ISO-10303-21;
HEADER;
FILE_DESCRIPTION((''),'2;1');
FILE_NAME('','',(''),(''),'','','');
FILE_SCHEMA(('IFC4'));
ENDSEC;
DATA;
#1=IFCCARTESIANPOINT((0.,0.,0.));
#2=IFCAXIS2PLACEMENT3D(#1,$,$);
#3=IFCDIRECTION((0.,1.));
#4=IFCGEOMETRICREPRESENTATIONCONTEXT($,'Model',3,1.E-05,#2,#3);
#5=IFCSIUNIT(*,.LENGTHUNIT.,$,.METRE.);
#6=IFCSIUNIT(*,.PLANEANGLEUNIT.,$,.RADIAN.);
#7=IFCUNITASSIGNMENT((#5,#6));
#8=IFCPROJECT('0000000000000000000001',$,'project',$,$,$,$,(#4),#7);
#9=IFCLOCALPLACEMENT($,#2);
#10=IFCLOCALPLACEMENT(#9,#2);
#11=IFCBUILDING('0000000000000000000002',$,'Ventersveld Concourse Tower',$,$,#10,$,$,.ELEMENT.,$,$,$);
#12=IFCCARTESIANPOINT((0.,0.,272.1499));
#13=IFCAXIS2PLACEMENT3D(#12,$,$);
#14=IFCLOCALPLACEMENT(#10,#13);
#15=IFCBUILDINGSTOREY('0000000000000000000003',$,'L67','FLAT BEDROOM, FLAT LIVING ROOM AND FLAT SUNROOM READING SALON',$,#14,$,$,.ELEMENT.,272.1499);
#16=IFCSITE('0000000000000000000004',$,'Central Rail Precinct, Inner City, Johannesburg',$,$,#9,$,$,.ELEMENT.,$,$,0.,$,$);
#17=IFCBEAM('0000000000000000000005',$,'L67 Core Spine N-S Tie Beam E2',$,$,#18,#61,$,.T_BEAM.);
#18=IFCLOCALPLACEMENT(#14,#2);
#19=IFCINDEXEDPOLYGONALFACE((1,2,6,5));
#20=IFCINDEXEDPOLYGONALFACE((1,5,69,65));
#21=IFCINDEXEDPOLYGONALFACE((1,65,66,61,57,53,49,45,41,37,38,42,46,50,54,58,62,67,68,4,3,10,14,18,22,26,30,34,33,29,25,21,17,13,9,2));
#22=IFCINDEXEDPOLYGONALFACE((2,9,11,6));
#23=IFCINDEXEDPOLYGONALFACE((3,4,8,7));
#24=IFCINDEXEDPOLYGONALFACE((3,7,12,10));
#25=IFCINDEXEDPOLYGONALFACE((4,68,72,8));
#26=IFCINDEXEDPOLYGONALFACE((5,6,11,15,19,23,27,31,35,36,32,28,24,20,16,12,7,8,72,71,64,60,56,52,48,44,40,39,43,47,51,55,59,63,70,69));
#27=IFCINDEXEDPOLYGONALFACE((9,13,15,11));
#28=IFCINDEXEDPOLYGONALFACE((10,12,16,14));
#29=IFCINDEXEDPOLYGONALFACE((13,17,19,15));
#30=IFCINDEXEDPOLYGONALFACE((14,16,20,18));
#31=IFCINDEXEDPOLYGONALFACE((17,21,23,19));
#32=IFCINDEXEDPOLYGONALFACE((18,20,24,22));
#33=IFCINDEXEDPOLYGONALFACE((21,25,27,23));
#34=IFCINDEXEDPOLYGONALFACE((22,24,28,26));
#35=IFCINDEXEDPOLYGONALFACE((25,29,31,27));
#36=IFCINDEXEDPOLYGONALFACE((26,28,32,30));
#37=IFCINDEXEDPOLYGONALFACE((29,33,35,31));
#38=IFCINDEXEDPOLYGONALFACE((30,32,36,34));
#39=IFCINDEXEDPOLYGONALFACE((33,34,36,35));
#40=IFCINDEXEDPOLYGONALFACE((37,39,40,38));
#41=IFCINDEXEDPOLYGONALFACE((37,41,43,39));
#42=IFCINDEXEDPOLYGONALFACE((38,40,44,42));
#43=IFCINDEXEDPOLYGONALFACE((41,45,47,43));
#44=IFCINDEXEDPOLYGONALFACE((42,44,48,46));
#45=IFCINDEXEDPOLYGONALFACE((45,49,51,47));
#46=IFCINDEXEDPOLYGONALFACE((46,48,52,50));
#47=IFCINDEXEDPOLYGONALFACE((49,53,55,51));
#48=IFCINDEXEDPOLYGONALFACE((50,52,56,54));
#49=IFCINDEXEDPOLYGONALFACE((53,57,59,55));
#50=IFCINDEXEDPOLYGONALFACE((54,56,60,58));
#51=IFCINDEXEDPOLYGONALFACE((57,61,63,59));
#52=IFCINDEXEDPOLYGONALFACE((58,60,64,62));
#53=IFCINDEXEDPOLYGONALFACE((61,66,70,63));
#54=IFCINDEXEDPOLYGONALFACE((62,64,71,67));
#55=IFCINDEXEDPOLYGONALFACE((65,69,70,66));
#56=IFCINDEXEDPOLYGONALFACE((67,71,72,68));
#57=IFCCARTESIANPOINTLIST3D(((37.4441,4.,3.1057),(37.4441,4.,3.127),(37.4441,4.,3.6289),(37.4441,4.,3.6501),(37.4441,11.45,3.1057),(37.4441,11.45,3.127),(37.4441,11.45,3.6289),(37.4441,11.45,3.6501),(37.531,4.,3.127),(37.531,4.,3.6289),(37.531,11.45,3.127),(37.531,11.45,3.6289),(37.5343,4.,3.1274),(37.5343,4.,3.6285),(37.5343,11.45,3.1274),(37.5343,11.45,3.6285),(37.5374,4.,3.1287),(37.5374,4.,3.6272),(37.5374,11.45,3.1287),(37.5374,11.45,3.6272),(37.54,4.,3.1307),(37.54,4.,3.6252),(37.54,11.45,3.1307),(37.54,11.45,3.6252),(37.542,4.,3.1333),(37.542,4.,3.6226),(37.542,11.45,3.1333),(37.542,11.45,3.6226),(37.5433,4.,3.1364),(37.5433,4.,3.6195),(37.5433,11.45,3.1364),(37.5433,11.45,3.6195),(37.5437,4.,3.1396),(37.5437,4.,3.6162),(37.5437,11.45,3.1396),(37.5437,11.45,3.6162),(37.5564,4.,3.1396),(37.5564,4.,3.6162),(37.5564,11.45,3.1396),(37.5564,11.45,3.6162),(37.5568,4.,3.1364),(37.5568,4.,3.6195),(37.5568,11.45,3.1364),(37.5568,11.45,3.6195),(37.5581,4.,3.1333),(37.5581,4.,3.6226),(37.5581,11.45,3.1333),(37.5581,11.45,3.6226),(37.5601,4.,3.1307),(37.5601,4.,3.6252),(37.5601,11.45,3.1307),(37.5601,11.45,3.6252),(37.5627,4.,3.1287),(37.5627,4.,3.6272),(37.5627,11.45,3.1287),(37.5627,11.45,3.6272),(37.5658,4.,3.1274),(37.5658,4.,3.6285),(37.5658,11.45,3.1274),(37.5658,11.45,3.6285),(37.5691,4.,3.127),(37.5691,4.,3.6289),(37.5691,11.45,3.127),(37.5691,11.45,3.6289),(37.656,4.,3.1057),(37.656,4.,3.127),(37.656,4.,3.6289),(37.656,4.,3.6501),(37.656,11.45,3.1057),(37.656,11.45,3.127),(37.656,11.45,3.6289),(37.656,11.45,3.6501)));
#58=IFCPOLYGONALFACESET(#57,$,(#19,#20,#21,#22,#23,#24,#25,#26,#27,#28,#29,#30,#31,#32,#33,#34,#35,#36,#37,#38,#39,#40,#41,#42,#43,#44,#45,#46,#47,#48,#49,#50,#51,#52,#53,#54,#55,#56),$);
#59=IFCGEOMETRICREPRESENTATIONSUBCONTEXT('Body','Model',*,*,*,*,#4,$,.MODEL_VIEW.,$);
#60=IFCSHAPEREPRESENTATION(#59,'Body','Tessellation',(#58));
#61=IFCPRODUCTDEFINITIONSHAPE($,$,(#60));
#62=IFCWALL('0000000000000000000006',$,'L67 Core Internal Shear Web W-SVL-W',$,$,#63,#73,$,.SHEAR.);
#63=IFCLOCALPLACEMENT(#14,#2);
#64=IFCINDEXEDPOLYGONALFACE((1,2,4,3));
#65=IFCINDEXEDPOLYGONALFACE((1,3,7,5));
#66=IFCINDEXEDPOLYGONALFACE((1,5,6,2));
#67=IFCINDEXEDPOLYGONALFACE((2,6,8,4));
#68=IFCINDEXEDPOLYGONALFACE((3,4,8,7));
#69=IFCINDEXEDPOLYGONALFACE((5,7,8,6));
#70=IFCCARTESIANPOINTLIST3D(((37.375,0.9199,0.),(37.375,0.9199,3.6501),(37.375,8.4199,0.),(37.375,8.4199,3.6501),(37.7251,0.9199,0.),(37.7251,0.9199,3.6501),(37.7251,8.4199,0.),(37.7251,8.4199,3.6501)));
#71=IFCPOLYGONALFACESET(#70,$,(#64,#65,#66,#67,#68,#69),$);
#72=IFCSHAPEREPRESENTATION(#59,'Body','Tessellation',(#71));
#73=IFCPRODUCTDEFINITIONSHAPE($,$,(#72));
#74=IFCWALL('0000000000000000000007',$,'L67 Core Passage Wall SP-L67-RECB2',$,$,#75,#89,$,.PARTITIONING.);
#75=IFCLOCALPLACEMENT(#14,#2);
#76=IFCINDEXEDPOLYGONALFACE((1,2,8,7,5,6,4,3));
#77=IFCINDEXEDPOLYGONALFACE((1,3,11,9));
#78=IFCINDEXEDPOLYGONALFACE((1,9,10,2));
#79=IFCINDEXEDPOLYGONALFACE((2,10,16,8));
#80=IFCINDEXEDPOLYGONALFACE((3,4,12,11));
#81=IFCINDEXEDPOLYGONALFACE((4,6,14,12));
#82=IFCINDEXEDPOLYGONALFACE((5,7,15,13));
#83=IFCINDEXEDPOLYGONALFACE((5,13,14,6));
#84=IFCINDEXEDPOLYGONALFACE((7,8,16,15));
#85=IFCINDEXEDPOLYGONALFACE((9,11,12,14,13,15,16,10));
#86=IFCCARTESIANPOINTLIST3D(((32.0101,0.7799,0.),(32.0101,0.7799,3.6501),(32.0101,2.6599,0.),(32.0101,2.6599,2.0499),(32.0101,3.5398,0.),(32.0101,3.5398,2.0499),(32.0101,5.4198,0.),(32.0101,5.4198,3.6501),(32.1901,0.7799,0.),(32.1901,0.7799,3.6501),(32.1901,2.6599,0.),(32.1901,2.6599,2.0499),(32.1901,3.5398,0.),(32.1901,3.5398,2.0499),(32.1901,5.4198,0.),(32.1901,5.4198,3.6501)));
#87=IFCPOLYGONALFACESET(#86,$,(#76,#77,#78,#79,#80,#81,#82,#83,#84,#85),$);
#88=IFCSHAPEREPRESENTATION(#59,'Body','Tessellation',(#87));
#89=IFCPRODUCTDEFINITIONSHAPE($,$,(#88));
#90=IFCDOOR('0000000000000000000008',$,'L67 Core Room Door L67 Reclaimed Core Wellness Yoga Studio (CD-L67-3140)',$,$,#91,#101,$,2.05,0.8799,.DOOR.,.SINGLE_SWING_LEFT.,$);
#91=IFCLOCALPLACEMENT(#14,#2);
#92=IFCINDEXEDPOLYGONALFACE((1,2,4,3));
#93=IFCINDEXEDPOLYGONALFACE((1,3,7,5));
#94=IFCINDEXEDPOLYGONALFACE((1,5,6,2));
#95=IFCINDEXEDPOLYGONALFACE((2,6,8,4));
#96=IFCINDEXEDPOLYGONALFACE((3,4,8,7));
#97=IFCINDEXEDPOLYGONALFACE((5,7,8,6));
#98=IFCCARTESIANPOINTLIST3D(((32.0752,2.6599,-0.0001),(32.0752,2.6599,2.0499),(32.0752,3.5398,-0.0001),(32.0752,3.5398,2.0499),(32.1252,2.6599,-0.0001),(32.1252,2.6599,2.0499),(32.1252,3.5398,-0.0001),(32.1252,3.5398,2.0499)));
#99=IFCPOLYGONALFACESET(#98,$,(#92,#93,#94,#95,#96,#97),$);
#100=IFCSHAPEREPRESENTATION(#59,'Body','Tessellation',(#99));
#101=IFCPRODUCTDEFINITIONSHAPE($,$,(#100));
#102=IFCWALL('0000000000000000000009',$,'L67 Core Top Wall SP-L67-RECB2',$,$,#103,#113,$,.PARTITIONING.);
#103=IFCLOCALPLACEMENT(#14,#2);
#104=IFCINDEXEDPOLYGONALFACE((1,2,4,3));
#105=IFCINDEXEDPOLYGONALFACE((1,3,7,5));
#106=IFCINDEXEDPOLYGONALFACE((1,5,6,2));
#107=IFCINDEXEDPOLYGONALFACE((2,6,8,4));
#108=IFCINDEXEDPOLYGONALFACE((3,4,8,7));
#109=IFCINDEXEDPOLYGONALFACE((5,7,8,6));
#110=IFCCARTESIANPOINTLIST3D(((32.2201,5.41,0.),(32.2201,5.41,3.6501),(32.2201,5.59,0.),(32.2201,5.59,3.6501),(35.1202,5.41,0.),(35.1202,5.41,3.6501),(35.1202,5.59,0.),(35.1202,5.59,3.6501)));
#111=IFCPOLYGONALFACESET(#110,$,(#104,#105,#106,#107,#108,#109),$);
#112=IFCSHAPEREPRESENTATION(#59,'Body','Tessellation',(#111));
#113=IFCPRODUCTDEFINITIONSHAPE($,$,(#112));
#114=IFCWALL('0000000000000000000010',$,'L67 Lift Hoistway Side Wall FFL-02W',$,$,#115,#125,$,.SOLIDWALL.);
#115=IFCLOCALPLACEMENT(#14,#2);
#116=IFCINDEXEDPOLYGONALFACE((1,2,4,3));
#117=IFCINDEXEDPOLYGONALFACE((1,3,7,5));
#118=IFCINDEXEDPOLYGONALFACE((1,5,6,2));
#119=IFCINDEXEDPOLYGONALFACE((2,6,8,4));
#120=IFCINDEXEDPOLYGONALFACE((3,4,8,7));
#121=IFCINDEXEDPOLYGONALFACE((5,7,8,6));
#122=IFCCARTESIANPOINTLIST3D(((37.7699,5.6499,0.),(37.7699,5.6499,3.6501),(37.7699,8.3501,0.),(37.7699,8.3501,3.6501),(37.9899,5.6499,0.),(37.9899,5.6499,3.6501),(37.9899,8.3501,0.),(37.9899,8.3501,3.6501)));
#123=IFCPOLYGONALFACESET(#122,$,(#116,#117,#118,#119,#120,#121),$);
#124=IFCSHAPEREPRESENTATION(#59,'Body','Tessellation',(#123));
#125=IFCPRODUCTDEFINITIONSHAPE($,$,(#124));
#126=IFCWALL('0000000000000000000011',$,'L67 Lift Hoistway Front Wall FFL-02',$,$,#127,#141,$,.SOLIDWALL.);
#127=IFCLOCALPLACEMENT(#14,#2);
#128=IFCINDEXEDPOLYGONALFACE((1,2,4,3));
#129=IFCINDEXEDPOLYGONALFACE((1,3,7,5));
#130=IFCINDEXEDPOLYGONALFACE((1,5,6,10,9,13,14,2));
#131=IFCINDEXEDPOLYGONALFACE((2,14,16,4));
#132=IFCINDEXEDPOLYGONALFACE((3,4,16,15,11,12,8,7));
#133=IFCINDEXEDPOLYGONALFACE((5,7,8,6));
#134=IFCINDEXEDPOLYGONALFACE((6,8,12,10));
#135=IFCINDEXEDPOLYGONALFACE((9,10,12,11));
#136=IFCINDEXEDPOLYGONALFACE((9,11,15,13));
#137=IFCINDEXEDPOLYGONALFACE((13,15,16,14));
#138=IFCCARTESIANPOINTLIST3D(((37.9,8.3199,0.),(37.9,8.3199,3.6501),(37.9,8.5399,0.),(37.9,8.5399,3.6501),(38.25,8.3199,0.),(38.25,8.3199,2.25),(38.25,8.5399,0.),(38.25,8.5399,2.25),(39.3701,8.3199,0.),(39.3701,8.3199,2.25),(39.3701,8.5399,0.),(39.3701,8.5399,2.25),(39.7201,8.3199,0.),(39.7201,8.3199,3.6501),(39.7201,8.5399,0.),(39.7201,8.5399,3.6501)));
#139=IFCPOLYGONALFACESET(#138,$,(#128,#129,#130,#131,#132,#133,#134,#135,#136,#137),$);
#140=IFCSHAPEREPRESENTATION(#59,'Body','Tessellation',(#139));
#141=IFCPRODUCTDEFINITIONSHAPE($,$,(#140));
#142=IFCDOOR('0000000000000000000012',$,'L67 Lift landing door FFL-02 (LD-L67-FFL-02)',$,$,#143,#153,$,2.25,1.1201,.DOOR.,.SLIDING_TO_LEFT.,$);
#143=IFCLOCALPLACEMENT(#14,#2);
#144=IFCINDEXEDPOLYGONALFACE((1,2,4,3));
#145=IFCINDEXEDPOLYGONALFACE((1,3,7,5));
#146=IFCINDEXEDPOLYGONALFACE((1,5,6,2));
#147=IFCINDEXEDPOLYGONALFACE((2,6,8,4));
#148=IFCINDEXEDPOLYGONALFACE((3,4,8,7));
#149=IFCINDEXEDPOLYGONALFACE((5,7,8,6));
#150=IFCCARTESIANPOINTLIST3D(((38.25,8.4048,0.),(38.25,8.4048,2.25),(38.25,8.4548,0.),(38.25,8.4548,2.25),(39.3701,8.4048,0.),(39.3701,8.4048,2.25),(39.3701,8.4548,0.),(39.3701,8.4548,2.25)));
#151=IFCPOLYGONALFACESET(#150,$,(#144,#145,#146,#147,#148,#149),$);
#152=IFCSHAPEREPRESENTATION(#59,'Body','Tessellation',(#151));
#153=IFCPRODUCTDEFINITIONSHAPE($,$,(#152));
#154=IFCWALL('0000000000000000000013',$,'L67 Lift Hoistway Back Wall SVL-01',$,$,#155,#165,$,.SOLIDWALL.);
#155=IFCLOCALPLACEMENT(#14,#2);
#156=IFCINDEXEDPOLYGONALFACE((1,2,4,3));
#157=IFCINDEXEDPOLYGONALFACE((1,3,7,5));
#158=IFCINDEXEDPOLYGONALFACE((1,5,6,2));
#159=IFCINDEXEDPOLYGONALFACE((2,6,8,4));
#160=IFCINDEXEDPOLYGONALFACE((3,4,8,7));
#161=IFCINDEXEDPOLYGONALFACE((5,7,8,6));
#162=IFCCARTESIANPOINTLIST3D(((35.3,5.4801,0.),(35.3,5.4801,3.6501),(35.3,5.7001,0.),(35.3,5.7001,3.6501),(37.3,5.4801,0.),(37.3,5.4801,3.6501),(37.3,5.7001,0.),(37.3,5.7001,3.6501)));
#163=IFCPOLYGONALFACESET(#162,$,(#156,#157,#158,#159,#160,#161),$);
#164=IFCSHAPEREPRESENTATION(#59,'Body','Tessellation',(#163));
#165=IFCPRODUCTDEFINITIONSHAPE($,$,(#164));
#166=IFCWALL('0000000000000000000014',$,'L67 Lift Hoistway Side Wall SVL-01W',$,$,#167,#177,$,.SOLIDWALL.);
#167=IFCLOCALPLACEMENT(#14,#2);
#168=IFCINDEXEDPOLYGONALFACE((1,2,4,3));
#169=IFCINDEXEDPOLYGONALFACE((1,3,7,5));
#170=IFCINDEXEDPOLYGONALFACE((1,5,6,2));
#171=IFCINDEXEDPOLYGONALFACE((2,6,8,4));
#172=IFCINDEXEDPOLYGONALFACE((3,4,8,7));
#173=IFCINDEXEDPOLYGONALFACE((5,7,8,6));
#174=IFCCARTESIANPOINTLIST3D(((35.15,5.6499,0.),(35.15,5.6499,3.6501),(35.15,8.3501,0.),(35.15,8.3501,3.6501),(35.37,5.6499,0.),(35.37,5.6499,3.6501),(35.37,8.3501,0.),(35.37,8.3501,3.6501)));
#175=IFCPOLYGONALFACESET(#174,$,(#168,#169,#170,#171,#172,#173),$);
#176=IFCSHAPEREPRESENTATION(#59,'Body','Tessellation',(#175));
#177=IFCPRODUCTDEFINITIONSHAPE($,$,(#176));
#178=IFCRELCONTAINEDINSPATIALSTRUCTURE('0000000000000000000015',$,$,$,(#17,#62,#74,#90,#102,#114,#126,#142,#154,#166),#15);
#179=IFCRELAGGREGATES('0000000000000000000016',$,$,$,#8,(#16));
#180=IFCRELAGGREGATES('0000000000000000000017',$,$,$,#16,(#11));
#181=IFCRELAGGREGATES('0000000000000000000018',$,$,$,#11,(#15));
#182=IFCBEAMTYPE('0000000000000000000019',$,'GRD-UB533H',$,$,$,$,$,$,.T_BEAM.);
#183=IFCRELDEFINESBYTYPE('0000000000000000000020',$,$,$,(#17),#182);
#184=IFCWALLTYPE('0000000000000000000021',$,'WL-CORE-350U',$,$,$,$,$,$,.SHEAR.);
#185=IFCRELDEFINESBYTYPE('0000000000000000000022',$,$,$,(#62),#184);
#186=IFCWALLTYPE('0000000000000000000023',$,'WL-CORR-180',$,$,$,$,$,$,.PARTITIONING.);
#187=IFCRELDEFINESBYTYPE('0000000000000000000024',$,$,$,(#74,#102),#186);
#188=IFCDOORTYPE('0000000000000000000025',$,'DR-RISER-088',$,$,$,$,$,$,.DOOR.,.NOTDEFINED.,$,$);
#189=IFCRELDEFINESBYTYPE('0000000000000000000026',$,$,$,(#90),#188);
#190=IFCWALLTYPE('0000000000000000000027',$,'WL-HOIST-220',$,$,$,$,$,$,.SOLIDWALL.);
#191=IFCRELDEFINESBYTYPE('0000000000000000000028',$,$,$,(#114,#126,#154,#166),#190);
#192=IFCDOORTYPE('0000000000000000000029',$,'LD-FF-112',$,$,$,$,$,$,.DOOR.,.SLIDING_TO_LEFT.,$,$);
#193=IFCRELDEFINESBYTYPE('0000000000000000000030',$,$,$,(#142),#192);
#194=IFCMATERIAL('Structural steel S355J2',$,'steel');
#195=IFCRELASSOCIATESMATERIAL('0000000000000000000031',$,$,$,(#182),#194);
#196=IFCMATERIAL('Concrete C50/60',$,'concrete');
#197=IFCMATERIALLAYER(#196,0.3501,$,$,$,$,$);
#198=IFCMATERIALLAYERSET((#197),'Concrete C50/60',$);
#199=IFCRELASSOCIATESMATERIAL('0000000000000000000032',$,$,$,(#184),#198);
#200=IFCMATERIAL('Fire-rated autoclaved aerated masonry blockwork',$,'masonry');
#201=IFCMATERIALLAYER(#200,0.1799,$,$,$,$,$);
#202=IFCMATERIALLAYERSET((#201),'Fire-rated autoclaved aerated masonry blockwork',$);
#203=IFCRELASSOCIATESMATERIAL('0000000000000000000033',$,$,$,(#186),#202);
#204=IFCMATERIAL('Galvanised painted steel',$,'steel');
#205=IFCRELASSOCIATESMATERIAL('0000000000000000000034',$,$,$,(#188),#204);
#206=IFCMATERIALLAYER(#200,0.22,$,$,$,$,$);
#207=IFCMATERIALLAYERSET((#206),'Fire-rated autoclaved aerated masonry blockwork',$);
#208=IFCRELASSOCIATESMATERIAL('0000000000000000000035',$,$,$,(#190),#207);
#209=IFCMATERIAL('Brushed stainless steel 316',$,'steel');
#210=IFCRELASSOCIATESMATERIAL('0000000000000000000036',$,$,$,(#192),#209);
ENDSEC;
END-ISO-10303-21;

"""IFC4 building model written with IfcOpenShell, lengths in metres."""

from ifc_helpers import new_model, si_unit, direction, frame, frame_2d, origin, origin_2d, place, context, subcontext, project, spatial, rectangle, i_section, extrude, material, layer, layer_set, material_profile, profile_set, type_object, element, fill, save


model = new_model("IFC4")

# Units and contexts
model_context = context("Model", 3, precision=1e-05, world=origin(), true_north=direction((0.0, 1.0)))
body_context = subcontext(model_context, "Body", "Model", "MODEL_VIEW")
ifc_project = project(units=[si_unit("LENGTHUNIT", "METRE"), si_unit("PLANEANGLEUNIT", "RADIAN")], contexts=[model_context])

# Site, building, storey
site_placement = place(None, origin())
site = spatial("IfcSite", under=ifc_project, at=site_placement, Name="Central Rail Precinct, Inner City, Johannesburg", CompositionType="ELEMENT", RefElevation=0.0)
building_placement = place(site_placement, origin())
building = spatial("IfcBuilding", under=site, at=building_placement, Name="Ventersveld Concourse Tower", CompositionType="ELEMENT")
storey_placement = place(building_placement, frame((0.0, 0.0, 272.1499)))
storey = spatial("IfcBuildingStorey", under=building, at=storey_placement, Name="L67", Description="FLAT BEDROOM, FLAT LIVING ROOM AND FLAT SUNROOM READING SALON", CompositionType="ELEMENT", Elevation=272.1499)

# Shared definitions
ifc_material_1 = material(Name="Concrete C50/60", Category="concrete")

# Beam
ifc_material_2 = material(Name="Structural steel S355J2", Category="steel")
ifc_material_profile_1 = material_profile(ifc_material_2, i_section(OverallWidth=0.2119, OverallDepth=0.5444, WebThickness=0.0127, FlangeThickness=0.0212, FilletRadius=0.0127, at=origin_2d()), Name="UB 533x210x122")
ifc_profile_set_1 = profile_set([ifc_material_profile_1], Name="Structural steel S355J2")
beam_type_1 = type_object("IfcBeamType", Name="GRD-UB533H", PredefinedType="T_BEAM", material=ifc_profile_set_1)
beam_1_placement = place(storey_placement, frame((37.55, 4.0, 3.3779), z_axis=(0.0, 1.0, 0.0), x_axis=(-1.0, 0.0, 0.0)))
element("IfcBeam", 1, at=beam_1_placement, inside=storey, type_object=beam_type_1, Name="L67 Core Spine N-S Tie Beam E2", PredefinedType="T_BEAM", context=body_context, shape_type="SweptSolid", body=[
    extrude(i_section(OverallWidth=0.2119, OverallDepth=0.5444, WebThickness=0.0127, FlangeThickness=0.0212, FilletRadius=0.0127, at=origin_2d()), origin(), (0.0, 0.0, 1.0), 7.45),
])

# Wall
ifc_layer_1 = layer(ifc_material_1, 0.3501)
ifc_layer_set_1 = layer_set([ifc_layer_1], Name="Concrete C50/60")
wall_type_1 = type_object("IfcWallType", Name="WL-CORE-350U", PredefinedType="SHEAR", material=ifc_layer_set_1)
wall_1_placement = place(storey_placement, frame((37.55, 0.9199, 0.0), z_axis=(0.0, 0.0, 1.0), x_axis=(0.0, 1.0, 0.0)))
element("IfcWall", 2, at=wall_1_placement, inside=storey, type_object=wall_type_1, Name="L67 Core Internal Shear Web W-SVL-W", PredefinedType="SHEAR", context=body_context, shape_type="SweptSolid", body=[
    extrude(rectangle(XDim=7.5, YDim=0.3501, at=frame_2d((3.75, 0.0))), origin(), (0.0, 0.0, 1.0), 3.6501),
])

# Wall, opening, door
ifc_material_3 = material(Name="Fire-rated autoclaved aerated masonry blockwork", Category="masonry")
ifc_layer_2 = layer(ifc_material_3, 0.1799)
ifc_layer_set_2 = layer_set([ifc_layer_2], Name="Fire-rated autoclaved aerated masonry blockwork")
wall_type_2 = type_object("IfcWallType", Name="WL-CORR-180", PredefinedType="PARTITIONING", material=ifc_layer_set_2)
wall_2_placement = place(storey_placement, frame((32.1001, 0.78, 0.0), z_axis=(0.0, 0.0, 1.0), x_axis=(0.0, 1.0, 0.0)))
wall_2 = element("IfcWall", 3, at=wall_2_placement, inside=storey, type_object=wall_type_2, Name="L67 Core Passage Wall SP-L67-RECB2", PredefinedType="PARTITIONING", context=body_context, shape_type="SweptSolid", body=[
    extrude(rectangle(XDim=4.6399, YDim=0.1799, at=frame_2d((2.3198, 0.0))), origin(), (0.0, 0.0, 1.0), 3.6501),
])
opening_1_placement = place(wall_2_placement, frame((1.8799, 0.0, 0.0)))
opening_1 = element("IfcOpeningElement", 4, at=opening_1_placement, cuts=wall_2, PredefinedType="OPENING", context=body_context, shape_type="SweptSolid", body=[
    extrude(rectangle(XDim=0.8799, YDim=2.05, at=frame_2d((0.4399, 1.0249))), frame((0.0, 0.1001, 0.0), z_axis=(0.0, -1.0, 0.0), x_axis=(1.0, 0.0, 0.0)), (0.0, 0.0, 1.0), 0.2),
])
ifc_material_4 = material(Name="Galvanised painted steel", Category="steel")
door_type_1 = type_object("IfcDoorType", Name="DR-RISER-088", OperationType="NOTDEFINED", PredefinedType="DOOR", material=ifc_material_4)
door_1_placement = place(opening_1_placement, origin())
door_1 = element("IfcDoor", 5, at=door_1_placement, inside=storey, type_object=door_type_1, Name="L67 Core Room Door L67 Reclaimed Core Wellness Yoga Studio (CD-L67-3140)", OperationType="SINGLE_SWING_LEFT", OverallHeight=2.05, OverallWidth=0.8799, PredefinedType="DOOR", context=body_context, shape_type="SweptSolid", body=[
    extrude(rectangle(XDim=0.8799, YDim=2.05, at=frame_2d((0.4399, 1.0249))), frame((0.0, 0.0249, 0.0), z_axis=(0.0, -1.0, 0.0), x_axis=(1.0, 0.0, 0.0)), (0.0, 0.0, 1.0), 0.05),
])
fill(opening_1, door_1)

# Walls
wall_3_placement = place(storey_placement, frame((32.22, 5.5, 0.0), z_axis=(0.0, 0.0, 1.0), x_axis=(1.0, 0.0, 0.0)))
element("IfcWall", 6, at=wall_3_placement, inside=storey, type_object=wall_type_2, Name="L67 Core Top Wall SP-L67-RECB2", PredefinedType="PARTITIONING", context=body_context, shape_type="SweptSolid", body=[
    extrude(rectangle(XDim=2.9001, YDim=0.1799, at=frame_2d((1.4502, 0.0))), origin(), (0.0, 0.0, 1.0), 3.6501),
])
ifc_layer_3 = layer(ifc_material_3, 0.22)
ifc_layer_set_3 = layer_set([ifc_layer_3], Name="Fire-rated autoclaved aerated masonry blockwork")
wall_type_3 = type_object("IfcWallType", Name="WL-HOIST-220", PredefinedType="SOLIDWALL", material=ifc_layer_set_3)
wall_4_placement = place(storey_placement, frame((37.8799, 5.6499, 0.0), z_axis=(0.0, 0.0, 1.0), x_axis=(0.0, 1.0, 0.0)))
element("IfcWall", 7, at=wall_4_placement, inside=storey, type_object=wall_type_3, Name="L67 Lift Hoistway Side Wall FFL-02W", PredefinedType="SOLIDWALL", context=body_context, shape_type="SweptSolid", body=[
    extrude(rectangle(XDim=2.7002, YDim=0.22, at=frame_2d((1.3501, 0.0))), origin(), (0.0, 0.0, 1.0), 3.6501),
])

# Wall, opening, door
wall_5_placement = place(storey_placement, frame((37.8999, 8.4299, 0.0), z_axis=(0.0, 0.0, 1.0), x_axis=(1.0, 0.0, 0.0)))
wall_5 = element("IfcWall", 8, at=wall_5_placement, inside=storey, type_object=wall_type_3, Name="L67 Lift Hoistway Front Wall FFL-02", PredefinedType="SOLIDWALL", context=body_context, shape_type="SweptSolid", body=[
    extrude(rectangle(XDim=1.8201, YDim=0.22, at=frame_2d((0.9102, 0.0))), origin(), (0.0, 0.0, 1.0), 3.6501),
])
opening_2_placement = place(wall_5_placement, frame((0.3501, 0.0, 0.0)))
opening_2 = element("IfcOpeningElement", 9, at=opening_2_placement, cuts=wall_5, PredefinedType="OPENING", context=body_context, shape_type="SweptSolid", body=[
    extrude(rectangle(XDim=1.1201, YDim=2.25, at=frame_2d((0.5601, 1.125))), frame((0.0, 0.1201, 0.0), z_axis=(0.0, -1.0, 0.0), x_axis=(1.0, 0.0, 0.0)), (0.0, 0.0, 1.0), 0.24),
])
ifc_material_5 = material(Name="Brushed stainless steel 316", Category="steel")
door_type_2 = type_object("IfcDoorType", Name="LD-FF-112", OperationType="SLIDING_TO_LEFT", PredefinedType="DOOR", material=ifc_material_5)
door_2_placement = place(opening_2_placement, origin())
door_2 = element("IfcDoor", 10, at=door_2_placement, inside=storey, type_object=door_type_2, Name="L67 Lift landing door FFL-02 (LD-L67-FFL-02)", OperationType="SLIDING_TO_LEFT", OverallHeight=2.25, OverallWidth=1.1201, PredefinedType="DOOR", context=body_context, shape_type="SweptSolid", body=[
    extrude(rectangle(XDim=1.1201, YDim=2.25, at=frame_2d((0.5601, 1.125))), frame((0.0, 0.0249, 0.0), z_axis=(0.0, -1.0, 0.0), x_axis=(1.0, 0.0, 0.0)), (0.0, 0.0, 1.0), 0.05),
])
fill(opening_2, door_2)

# Walls
wall_6_placement = place(storey_placement, frame((35.3, 5.5901, 0.0), z_axis=(0.0, 0.0, 1.0), x_axis=(1.0, 0.0, 0.0)))
element("IfcWall", 11, at=wall_6_placement, inside=storey, type_object=wall_type_3, Name="L67 Lift Hoistway Back Wall SVL-01", PredefinedType="SOLIDWALL", context=body_context, shape_type="SweptSolid", body=[
    extrude(rectangle(XDim=2.0, YDim=0.22, at=frame_2d((1.0, 0.0))), origin(), (0.0, 0.0, 1.0), 3.6501),
])
wall_7_placement = place(storey_placement, frame((35.26, 5.6499, 0.0), z_axis=(0.0, 0.0, 1.0), x_axis=(0.0, 1.0, 0.0)))
element("IfcWall", 12, at=wall_7_placement, inside=storey, type_object=wall_type_3, Name="L67 Lift Hoistway Side Wall SVL-01W", PredefinedType="SOLIDWALL", context=body_context, shape_type="SweptSolid", body=[
    extrude(rectangle(XDim=2.7002, YDim=0.22, at=frame_2d((1.3501, 0.0))), origin(), (0.0, 0.0, 1.0), 3.6501),
])

save(model, "model.ifc")
